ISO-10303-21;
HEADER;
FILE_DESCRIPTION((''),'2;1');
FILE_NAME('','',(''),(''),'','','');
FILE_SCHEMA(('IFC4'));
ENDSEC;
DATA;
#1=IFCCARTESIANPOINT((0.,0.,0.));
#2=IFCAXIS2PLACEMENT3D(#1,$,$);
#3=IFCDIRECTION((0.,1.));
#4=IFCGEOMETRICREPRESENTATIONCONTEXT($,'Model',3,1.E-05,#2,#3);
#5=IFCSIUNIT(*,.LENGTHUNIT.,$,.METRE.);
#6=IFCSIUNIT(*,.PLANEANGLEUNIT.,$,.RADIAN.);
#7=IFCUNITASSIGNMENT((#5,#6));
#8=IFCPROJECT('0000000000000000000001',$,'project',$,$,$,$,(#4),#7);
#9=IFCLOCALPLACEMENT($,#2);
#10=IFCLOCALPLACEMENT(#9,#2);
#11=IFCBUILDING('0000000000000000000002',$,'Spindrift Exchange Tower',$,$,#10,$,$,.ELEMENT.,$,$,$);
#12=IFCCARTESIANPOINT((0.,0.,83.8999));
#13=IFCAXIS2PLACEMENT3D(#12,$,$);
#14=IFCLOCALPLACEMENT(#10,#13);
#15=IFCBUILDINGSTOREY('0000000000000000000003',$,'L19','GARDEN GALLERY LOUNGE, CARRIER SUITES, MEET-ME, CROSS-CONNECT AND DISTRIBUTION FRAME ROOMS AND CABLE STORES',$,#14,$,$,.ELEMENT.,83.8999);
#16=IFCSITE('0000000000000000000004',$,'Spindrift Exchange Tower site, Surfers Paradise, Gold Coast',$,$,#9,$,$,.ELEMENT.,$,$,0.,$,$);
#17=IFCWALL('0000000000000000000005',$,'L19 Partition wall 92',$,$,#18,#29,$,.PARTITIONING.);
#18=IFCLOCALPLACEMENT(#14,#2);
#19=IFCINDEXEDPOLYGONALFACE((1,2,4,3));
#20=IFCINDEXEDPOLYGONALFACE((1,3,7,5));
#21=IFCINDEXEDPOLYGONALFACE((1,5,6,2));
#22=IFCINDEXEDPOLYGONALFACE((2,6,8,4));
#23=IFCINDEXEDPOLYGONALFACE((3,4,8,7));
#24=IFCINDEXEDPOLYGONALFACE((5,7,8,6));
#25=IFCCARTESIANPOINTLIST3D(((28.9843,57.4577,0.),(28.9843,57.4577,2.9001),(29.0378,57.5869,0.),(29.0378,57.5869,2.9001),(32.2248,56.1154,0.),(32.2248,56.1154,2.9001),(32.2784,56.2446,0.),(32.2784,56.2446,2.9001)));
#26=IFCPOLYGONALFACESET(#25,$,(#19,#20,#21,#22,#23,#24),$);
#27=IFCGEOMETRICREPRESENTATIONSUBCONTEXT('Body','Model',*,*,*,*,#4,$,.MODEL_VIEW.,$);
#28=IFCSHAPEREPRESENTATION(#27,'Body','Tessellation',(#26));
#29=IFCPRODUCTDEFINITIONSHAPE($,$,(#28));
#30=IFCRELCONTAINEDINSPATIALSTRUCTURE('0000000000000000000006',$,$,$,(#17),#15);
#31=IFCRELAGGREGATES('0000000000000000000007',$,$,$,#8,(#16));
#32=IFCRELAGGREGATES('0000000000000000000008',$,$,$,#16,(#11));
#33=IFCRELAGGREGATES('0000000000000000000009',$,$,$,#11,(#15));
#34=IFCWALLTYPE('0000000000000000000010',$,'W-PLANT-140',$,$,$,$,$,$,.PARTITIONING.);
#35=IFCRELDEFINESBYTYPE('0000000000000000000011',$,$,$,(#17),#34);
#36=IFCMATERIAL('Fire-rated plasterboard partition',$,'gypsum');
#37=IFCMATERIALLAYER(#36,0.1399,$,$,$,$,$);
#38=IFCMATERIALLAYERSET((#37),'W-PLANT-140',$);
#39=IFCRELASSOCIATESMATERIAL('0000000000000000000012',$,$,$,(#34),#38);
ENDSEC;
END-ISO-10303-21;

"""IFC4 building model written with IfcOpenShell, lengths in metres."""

from ifc_helpers import new_model, si_unit, direction, frame, frame_2d, origin, place, context, subcontext, project, spatial, rectangle, extrude, material, layer, layer_set, type_object, element, save


model = new_model("IFC4")

# Units and contexts
model_context = context("Model", 3, precision=1e-05, world=origin(), true_north=direction((0.0, 1.0)))
body_context = subcontext(model_context, "Body", "Model", "MODEL_VIEW")
ifc_project = project(units=[si_unit("LENGTHUNIT", "METRE"), si_unit("PLANEANGLEUNIT", "RADIAN")], contexts=[model_context])

# Site, building, storey
site_placement = place(None, origin())
site = spatial("IfcSite", under=ifc_project, at=site_placement, Name="Spindrift Exchange Tower site, Surfers Paradise, Gold Coast", CompositionType="ELEMENT", RefElevation=0.0)
building_placement = place(site_placement, origin())
building = spatial("IfcBuilding", under=site, at=building_placement, Name="Spindrift Exchange Tower", CompositionType="ELEMENT")
storey_placement = place(building_placement, frame((0.0, 0.0, 83.8999)))
storey = spatial("IfcBuildingStorey", under=building, at=storey_placement, Name="L19", Description="GARDEN GALLERY LOUNGE, CARRIER SUITES, MEET-ME, CROSS-CONNECT AND DISTRIBUTION FRAME ROOMS AND CABLE STORES", CompositionType="ELEMENT", Elevation=83.8999)

# Shared definitions
ifc_material_1 = material(Name="Fire-rated plasterboard partition", Category="gypsum")
ifc_layer = layer(ifc_material_1, 0.1399)
ifc_layer_set = layer_set([ifc_layer], Name="W-PLANT-140")
wall_type = type_object("IfcWallType", Name="W-PLANT-140", PredefinedType="PARTITIONING", material=ifc_layer_set)

# Wall
wall_1_placement = place(storey_placement, frame((32.2517, 56.1799, 0.0), z_axis=(0.0, 0.0, 1.0), x_axis=(-0.923876, 0.382692, 0.0)))
element("IfcWall", 1, at=wall_1_placement, inside=storey, type_object=wall_type, Name="L19 Partition wall 92", PredefinedType="PARTITIONING", context=body_context, shape_type="SweptSolid", body=[
    extrude(rectangle(XDim=3.5076, YDim=0.1399, at=frame_2d((1.7539, 0.0))), origin(), (0.0, 0.0, 1.0), 2.9001),
])

save(model, "model.ifc")
